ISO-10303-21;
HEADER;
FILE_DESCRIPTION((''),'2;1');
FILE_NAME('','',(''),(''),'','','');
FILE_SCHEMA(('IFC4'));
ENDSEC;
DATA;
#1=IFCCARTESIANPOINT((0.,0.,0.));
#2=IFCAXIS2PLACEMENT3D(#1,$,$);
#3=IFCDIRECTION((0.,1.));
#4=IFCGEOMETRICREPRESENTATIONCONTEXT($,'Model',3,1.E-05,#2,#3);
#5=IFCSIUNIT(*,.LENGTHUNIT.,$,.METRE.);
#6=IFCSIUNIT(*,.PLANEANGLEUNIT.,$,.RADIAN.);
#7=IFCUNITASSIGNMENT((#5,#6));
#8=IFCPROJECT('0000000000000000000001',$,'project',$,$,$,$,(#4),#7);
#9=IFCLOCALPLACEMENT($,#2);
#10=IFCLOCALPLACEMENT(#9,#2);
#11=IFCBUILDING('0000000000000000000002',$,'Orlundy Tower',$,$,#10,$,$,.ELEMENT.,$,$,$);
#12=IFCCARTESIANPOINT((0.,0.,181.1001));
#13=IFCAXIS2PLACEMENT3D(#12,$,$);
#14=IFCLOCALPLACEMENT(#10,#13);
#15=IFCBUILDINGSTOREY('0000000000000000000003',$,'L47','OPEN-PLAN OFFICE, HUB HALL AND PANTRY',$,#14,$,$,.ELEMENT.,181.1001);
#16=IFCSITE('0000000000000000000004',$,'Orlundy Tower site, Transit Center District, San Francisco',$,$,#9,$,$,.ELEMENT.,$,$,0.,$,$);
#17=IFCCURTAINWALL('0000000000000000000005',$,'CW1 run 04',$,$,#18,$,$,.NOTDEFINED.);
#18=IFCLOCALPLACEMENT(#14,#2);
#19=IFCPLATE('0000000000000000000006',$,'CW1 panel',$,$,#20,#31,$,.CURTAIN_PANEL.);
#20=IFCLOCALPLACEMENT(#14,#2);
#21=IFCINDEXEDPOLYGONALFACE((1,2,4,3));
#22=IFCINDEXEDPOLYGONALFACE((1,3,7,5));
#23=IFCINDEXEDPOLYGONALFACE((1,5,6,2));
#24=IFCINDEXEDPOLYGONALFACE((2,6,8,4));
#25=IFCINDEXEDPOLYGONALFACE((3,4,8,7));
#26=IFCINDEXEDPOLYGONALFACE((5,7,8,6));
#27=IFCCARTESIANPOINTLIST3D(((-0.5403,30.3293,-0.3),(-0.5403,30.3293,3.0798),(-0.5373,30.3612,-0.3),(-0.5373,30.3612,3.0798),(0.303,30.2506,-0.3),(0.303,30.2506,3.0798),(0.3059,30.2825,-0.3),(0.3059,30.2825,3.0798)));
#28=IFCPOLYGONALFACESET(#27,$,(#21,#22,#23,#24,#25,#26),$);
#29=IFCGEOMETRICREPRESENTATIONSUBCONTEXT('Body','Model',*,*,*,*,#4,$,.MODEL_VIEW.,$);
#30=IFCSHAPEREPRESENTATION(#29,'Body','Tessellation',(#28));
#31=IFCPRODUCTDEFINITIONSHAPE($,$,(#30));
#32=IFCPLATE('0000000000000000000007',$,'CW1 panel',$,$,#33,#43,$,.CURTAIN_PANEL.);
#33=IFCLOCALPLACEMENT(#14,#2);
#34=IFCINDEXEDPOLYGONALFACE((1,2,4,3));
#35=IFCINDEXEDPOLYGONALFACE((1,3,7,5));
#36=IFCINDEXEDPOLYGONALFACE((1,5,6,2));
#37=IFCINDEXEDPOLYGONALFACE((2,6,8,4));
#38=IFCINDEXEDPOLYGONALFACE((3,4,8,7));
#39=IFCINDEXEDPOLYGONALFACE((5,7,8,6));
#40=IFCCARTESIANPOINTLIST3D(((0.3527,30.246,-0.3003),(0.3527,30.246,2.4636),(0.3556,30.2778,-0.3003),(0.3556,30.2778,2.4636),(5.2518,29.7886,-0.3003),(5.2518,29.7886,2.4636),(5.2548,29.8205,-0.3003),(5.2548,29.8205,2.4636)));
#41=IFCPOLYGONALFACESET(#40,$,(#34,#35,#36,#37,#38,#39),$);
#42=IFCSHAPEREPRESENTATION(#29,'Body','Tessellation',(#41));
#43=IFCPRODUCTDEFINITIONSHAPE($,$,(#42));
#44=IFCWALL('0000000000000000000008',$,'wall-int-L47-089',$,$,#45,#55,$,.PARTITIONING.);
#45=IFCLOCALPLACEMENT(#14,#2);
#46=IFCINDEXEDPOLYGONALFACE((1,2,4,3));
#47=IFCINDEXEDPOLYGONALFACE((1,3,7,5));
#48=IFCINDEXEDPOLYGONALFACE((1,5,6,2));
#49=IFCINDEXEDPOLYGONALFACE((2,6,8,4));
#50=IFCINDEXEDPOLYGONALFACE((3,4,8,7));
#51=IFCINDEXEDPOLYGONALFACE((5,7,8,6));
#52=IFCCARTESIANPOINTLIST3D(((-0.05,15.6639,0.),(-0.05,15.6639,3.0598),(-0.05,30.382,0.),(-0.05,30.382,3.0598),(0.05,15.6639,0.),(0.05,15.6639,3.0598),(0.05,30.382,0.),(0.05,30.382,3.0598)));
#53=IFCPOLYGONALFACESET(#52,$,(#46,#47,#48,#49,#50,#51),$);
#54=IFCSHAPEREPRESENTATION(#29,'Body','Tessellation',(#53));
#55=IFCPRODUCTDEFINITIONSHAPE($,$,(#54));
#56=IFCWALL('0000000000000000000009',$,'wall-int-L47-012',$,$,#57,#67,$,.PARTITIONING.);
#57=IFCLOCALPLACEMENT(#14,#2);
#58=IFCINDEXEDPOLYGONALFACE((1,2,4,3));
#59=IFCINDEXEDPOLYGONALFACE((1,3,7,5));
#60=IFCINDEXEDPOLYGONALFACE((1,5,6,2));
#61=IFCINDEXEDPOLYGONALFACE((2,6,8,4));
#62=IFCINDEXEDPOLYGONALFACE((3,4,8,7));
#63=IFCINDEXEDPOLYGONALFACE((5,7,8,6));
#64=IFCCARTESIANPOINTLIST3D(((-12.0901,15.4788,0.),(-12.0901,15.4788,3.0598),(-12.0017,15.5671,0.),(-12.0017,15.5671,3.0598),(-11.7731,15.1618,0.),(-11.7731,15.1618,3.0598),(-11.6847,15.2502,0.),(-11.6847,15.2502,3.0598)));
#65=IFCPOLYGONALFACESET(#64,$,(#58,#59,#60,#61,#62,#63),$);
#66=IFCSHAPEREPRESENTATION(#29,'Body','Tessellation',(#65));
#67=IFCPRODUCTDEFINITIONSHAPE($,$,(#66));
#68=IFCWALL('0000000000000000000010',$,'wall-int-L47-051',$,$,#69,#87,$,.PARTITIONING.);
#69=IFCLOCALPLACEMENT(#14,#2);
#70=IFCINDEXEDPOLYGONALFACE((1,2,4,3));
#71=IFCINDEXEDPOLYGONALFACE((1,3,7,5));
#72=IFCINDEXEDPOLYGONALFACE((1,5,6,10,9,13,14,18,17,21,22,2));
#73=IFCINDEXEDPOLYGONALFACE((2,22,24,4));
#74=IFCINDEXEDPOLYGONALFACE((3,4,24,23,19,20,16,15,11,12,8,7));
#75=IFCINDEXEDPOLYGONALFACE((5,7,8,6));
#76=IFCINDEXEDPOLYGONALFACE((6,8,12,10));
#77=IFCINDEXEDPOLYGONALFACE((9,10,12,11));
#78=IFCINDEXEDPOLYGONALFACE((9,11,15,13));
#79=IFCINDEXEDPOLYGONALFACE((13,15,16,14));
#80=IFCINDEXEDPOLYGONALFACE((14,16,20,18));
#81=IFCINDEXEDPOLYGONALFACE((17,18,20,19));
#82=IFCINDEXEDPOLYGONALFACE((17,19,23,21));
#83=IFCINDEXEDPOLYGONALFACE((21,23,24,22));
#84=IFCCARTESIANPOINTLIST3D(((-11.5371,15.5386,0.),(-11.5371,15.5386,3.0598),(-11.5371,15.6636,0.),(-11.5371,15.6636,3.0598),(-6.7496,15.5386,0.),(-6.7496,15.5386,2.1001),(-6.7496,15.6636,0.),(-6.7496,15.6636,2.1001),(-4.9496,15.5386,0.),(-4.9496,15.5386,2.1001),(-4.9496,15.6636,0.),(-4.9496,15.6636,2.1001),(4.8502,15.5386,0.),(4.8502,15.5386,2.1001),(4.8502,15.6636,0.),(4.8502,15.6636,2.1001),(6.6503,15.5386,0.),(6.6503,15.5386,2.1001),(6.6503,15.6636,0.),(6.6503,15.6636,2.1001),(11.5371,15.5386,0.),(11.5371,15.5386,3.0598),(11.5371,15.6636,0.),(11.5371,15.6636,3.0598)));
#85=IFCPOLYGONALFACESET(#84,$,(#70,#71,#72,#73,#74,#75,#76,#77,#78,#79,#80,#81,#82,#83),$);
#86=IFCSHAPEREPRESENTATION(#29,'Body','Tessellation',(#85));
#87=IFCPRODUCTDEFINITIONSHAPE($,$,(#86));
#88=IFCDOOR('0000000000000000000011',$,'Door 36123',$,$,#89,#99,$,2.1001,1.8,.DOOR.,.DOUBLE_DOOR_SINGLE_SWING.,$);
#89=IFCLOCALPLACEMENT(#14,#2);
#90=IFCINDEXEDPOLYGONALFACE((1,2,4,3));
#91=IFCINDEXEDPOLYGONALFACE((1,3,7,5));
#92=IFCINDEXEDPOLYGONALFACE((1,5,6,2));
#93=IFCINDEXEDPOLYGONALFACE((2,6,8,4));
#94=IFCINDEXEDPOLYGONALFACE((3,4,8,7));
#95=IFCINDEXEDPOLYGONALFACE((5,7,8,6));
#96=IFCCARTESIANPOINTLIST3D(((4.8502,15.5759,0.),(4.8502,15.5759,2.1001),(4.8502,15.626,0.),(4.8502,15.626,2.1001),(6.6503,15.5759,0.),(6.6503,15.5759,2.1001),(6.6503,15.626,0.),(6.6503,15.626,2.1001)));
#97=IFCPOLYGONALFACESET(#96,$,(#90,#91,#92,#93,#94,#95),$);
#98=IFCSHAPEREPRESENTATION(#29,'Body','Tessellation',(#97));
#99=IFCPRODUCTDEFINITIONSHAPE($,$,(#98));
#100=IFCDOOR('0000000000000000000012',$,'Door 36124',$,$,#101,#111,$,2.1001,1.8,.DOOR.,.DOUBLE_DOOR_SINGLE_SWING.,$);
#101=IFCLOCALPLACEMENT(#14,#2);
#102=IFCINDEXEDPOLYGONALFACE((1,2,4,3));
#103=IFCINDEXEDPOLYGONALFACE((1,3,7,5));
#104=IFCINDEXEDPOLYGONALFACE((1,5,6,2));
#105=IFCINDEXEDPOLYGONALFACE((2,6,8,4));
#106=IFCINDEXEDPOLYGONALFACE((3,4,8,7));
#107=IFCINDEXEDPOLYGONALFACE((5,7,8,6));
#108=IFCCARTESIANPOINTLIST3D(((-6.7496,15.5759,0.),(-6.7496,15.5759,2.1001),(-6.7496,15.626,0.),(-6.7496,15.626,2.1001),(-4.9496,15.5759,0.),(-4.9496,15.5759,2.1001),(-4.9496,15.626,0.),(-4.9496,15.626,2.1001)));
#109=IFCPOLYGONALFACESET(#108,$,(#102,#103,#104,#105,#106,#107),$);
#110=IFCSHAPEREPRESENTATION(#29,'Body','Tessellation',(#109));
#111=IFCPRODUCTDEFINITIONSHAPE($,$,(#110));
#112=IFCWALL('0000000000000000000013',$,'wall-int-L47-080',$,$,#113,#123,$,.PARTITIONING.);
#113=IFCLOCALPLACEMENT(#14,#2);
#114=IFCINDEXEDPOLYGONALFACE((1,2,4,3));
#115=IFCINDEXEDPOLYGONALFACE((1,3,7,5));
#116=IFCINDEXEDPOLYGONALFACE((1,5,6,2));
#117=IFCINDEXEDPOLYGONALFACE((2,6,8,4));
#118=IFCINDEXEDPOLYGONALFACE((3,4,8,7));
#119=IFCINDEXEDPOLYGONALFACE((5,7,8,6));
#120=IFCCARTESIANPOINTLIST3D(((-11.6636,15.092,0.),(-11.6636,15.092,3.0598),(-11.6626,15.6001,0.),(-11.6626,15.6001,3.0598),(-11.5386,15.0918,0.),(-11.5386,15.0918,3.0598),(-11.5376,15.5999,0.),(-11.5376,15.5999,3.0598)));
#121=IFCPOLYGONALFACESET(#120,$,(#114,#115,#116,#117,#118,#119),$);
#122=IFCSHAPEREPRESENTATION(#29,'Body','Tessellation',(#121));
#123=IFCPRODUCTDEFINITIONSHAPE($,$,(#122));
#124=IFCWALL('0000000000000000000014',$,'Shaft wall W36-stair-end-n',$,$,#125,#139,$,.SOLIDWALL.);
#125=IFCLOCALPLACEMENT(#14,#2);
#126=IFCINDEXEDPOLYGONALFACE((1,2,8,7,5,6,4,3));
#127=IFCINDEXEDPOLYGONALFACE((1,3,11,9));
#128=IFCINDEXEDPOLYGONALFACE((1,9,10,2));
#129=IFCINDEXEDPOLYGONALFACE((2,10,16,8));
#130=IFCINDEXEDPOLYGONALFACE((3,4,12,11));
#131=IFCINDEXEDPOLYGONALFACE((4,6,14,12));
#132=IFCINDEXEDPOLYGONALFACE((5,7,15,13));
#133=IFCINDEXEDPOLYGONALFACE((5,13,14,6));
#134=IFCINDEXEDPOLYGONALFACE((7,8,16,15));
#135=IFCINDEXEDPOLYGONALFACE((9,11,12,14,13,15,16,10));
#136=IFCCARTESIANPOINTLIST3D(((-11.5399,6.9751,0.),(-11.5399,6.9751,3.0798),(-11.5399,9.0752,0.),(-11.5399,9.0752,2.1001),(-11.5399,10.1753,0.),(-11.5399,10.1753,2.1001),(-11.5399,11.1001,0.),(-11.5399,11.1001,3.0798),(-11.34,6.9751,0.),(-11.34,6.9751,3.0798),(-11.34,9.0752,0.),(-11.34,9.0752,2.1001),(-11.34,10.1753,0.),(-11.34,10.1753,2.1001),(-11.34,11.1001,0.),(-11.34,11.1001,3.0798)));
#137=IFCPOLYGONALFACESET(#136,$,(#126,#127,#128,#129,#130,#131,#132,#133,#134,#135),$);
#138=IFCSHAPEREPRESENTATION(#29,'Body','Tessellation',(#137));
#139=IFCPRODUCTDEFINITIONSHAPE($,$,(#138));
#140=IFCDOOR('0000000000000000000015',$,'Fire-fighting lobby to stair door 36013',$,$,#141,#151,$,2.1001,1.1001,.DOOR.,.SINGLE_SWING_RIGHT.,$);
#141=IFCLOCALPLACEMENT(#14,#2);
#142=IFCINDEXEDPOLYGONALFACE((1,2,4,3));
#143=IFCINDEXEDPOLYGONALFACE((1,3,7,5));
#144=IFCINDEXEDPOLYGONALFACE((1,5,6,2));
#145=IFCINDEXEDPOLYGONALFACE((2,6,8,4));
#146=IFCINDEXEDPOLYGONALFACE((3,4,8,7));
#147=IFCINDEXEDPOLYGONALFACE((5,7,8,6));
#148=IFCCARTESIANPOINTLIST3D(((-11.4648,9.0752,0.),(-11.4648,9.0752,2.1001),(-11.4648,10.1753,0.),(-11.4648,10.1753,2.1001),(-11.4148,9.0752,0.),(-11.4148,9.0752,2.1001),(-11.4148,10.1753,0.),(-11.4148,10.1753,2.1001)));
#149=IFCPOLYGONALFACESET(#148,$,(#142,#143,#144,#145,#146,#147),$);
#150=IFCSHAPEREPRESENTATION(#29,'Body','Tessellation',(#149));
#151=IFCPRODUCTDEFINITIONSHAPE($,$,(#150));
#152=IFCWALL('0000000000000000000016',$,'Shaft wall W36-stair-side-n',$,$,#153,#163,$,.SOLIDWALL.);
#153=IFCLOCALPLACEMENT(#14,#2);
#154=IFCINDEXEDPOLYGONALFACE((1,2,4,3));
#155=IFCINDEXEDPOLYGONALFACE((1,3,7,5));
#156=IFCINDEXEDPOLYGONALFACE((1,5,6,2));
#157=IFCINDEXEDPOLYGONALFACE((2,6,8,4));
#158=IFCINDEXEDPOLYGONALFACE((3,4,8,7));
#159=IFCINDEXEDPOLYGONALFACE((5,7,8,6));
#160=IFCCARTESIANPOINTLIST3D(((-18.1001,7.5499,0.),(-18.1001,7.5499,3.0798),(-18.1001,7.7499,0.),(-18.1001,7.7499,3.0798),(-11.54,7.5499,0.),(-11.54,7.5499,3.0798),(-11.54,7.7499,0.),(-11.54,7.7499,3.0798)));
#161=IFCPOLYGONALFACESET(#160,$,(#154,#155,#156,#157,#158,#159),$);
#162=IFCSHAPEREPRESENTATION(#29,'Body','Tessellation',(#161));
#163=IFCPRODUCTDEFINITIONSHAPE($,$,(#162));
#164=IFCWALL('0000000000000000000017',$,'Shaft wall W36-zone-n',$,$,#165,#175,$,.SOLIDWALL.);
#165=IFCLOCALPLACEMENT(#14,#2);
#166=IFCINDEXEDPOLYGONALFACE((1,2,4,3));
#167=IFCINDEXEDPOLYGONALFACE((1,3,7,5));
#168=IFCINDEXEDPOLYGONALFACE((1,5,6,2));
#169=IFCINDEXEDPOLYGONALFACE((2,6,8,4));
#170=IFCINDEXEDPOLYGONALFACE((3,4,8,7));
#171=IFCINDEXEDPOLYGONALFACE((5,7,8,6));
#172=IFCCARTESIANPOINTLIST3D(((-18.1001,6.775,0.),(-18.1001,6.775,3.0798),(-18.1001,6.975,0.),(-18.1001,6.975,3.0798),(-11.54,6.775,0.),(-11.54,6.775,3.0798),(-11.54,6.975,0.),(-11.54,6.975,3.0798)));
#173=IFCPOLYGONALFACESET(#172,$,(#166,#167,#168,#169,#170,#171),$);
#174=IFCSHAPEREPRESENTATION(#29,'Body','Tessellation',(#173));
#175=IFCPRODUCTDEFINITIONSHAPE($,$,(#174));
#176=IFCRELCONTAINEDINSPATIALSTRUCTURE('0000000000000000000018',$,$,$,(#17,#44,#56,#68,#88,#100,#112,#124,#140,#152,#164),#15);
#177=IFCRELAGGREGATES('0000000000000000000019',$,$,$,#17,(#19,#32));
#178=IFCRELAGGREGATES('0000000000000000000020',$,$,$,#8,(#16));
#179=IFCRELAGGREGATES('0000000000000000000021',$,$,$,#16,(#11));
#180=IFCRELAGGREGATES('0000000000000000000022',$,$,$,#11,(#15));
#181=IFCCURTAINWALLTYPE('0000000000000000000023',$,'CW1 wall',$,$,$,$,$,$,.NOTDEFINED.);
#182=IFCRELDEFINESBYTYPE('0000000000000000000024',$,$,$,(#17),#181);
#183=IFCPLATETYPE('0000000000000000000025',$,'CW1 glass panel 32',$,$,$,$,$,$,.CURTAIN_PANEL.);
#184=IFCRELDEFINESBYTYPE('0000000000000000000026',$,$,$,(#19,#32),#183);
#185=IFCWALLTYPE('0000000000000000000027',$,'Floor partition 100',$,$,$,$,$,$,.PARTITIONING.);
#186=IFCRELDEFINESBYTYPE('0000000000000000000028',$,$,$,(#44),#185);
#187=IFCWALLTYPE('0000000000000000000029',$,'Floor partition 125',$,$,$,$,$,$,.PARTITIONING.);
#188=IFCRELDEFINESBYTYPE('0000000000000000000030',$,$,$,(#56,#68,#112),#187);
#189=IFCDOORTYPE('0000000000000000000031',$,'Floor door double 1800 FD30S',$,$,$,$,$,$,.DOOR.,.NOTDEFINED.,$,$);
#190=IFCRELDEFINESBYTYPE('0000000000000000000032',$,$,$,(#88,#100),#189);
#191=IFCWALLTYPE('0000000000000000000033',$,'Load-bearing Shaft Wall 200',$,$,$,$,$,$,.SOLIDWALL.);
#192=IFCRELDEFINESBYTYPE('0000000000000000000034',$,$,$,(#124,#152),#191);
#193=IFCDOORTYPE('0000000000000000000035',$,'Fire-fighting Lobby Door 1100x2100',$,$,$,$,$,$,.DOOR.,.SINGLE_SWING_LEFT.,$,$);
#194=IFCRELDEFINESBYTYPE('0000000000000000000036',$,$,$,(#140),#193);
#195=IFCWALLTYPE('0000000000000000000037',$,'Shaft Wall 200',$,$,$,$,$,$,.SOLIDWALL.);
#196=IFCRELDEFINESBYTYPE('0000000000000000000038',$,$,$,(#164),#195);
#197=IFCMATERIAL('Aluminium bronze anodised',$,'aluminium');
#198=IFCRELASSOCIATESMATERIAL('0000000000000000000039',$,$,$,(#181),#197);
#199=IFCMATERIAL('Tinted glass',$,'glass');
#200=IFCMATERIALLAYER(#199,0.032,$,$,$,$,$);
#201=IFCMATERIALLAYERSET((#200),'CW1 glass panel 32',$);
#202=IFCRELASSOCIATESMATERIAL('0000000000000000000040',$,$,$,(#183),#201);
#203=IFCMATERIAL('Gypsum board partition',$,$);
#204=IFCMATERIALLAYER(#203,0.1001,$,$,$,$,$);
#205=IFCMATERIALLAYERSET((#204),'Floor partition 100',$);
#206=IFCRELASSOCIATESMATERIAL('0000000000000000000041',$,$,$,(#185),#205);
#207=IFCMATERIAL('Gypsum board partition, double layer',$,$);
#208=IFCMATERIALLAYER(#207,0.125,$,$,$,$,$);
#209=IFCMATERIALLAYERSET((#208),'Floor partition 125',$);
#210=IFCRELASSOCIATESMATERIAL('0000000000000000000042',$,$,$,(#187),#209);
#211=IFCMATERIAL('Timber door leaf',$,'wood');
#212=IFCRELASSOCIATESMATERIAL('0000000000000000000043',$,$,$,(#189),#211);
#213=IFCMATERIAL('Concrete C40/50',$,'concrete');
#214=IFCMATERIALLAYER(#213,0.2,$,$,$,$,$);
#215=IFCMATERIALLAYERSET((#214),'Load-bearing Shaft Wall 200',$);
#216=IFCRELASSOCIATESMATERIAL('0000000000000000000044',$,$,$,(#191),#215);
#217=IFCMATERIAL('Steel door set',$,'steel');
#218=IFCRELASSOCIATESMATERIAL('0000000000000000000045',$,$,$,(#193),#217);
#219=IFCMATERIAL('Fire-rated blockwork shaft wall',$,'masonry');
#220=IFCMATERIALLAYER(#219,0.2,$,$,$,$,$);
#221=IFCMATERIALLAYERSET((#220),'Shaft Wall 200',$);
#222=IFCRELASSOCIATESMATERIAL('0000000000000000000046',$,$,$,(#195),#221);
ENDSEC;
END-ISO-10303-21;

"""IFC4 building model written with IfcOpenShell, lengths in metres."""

from ifc_helpers import new_model, si_unit, direction, frame, frame_2d, origin, origin_2d, place, context, subcontext, project, spatial, rectangle, extrude, material, layer, layer_set, type_object, element, fill, aggregate, save


model = new_model("IFC4")

# Units and contexts
model_context = context("Model", 3, precision=1e-05, world=origin(), true_north=direction((0.0, 1.0)))
body_context = subcontext(model_context, "Body", "Model", "MODEL_VIEW")
ifc_project = project(units=[si_unit("LENGTHUNIT", "METRE"), si_unit("PLANEANGLEUNIT", "RADIAN")], contexts=[model_context])

# Site, building, storey
site_placement = place(None, origin())
site = spatial("IfcSite", under=ifc_project, at=site_placement, Name="Orlundy Tower site, Transit Center District, San Francisco", CompositionType="ELEMENT", RefElevation=0.0)
building_placement = place(site_placement, origin())
building = spatial("IfcBuilding", under=site, at=building_placement, Name="Orlundy Tower", CompositionType="ELEMENT")
storey_placement = place(building_placement, frame((0.0, 0.0, 181.1001)))
storey = spatial("IfcBuildingStorey", under=building, at=storey_placement, Name="L47", Description="OPEN-PLAN OFFICE, HUB HALL AND PANTRY", CompositionType="ELEMENT", Elevation=181.1001)

# Curtain wall
ifc_material_1 = material(Name="Aluminium bronze anodised", Category="aluminium")
curtain_wall_type = type_object("IfcCurtainWallType", Name="CW1 wall", PredefinedType="NOTDEFINED", material=ifc_material_1)
curtain_wall_1_placement = place(storey_placement, origin())
curtain_wall_1 = element("IfcCurtainWall", 1, at=curtain_wall_1_placement, inside=storey, type_object=curtain_wall_type, Name="CW1 run 04", PredefinedType="NOTDEFINED")

# Plates
ifc_material_2 = material(Name="Tinted glass", Category="glass")
ifc_layer_1 = layer(ifc_material_2, 0.032)
ifc_layer_set_1 = layer_set([ifc_layer_1], Name="CW1 glass panel 32")
plate_type = type_object("IfcPlateType", Name="CW1 glass panel 32", PredefinedType="CURTAIN_PANEL", material=ifc_layer_set_1)
plate_1_placement = place(storey_placement, frame((-0.1172, 30.3059, -0.3), z_axis=(0.0, 0.0, 1.0), x_axis=(0.995671, -0.092948, 0.0)))
plate_1 = element("IfcPlate", 2, at=plate_1_placement, type_object=plate_type, Name="CW1 panel", PredefinedType="CURTAIN_PANEL", context=body_context, shape_type="SweptSolid", body=[
    extrude(rectangle(XDim=0.8469, YDim=0.032, at=origin_2d()), origin(), (0.0, 0.0, 1.0), 3.3799),
])
plate_2_placement = place(storey_placement, frame((2.8037, 30.0332, -0.3003), z_axis=(0.0, 0.0, 1.0), x_axis=(0.995671, -0.092948, 0.0)))
plate_2 = element("IfcPlate", 3, at=plate_2_placement, type_object=plate_type, Name="CW1 panel", PredefinedType="CURTAIN_PANEL", context=body_context, shape_type="SweptSolid", body=[
    extrude(rectangle(XDim=4.9204, YDim=0.032, at=origin_2d()), origin(), (0.0, 0.0, 1.0), 2.7639),
])
aggregate(curtain_wall_1, [plate_1, plate_2])

# Walls
ifc_material_3 = material(Name="Gypsum board partition")
ifc_layer_2 = layer(ifc_material_3, 0.1001)
ifc_layer_set_2 = layer_set([ifc_layer_2], Name="Floor partition 100")
wall_type_1 = type_object("IfcWallType", Name="Floor partition 100", PredefinedType="PARTITIONING", material=ifc_layer_set_2)
wall_1_placement = place(storey_placement, frame((0.0, 15.6641, 0.0), z_axis=(0.0, 0.0, 1.0), x_axis=(0.0, 1.0, 0.0)))
element("IfcWall", 4, at=wall_1_placement, inside=storey, type_object=wall_type_1, Name="wall-int-L47-089", PredefinedType="PARTITIONING", context=body_context, shape_type="SweptSolid", body=[
    extrude(rectangle(XDim=14.718, YDim=0.1001, at=frame_2d((7.3589, 0.0))), origin(), (0.0, 0.0, 1.0), 3.0598),
])
ifc_material_4 = material(Name="Gypsum board partition, double layer")
ifc_layer_3 = layer(ifc_material_4, 0.125)
ifc_layer_set_3 = layer_set([ifc_layer_3], Name="Floor partition 125")
wall_type_2 = type_object("IfcWallType", Name="Floor partition 125", PredefinedType="PARTITIONING", material=ifc_layer_set_3)
wall_2_placement = place(storey_placement, frame((-12.0459, 15.5229, 0.0), z_axis=(0.0, 0.0, 1.0), x_axis=(0.707107, -0.707107, 0.0)))
element("IfcWall", 5, at=wall_2_placement, inside=storey, type_object=wall_type_2, Name="wall-int-L47-012", PredefinedType="PARTITIONING", context=body_context, shape_type="SweptSolid", body=[
    extrude(rectangle(XDim=0.4482, YDim=0.125, at=frame_2d((0.2241, 0.0))), origin(), (0.0, 0.0, 1.0), 3.0598),
])

# Wall, openings, doors
wall_3_placement = place(storey_placement, frame((-11.5371, 15.6011, 0.0), z_axis=(0.0, 0.0, 1.0), x_axis=(1.0, 0.0, 0.0)))
wall_3 = element("IfcWall", 6, at=wall_3_placement, inside=storey, type_object=wall_type_2, Name="wall-int-L47-051", PredefinedType="PARTITIONING", context=body_context, shape_type="SweptSolid", body=[
    extrude(rectangle(XDim=23.0742, YDim=0.125, at=frame_2d((11.5371, 0.0))), origin(), (0.0, 0.0, 1.0), 3.0598),
])
opening_1_placement = place(wall_3_placement, frame((16.3875, 0.0, 0.0)))
opening_1 = element("IfcOpeningElement", 7, at=opening_1_placement, cuts=wall_3, PredefinedType="OPENING", context=body_context, shape_type="SweptSolid", body=[
    extrude(rectangle(XDim=1.8, YDim=2.1001, at=frame_2d((0.8999, 1.05))), frame((0.0, 0.0725, 0.0), z_axis=(0.0, -1.0, 0.0), x_axis=(1.0, 0.0, 0.0)), (0.0, 0.0, 1.0), 0.145),
])
opening_2_placement = place(wall_3_placement, frame((4.7876, 0.0, 0.0)))
opening_2 = element("IfcOpeningElement", 8, at=opening_2_placement, cuts=wall_3, PredefinedType="OPENING", context=body_context, shape_type="SweptSolid", body=[
    extrude(rectangle(XDim=1.8, YDim=2.1001, at=frame_2d((0.8999, 1.05))), frame((0.0, 0.0725, 0.0), z_axis=(0.0, -1.0, 0.0), x_axis=(1.0, 0.0, 0.0)), (0.0, 0.0, 1.0), 0.145),
])
ifc_material_5 = material(Name="Timber door leaf", Category="wood")
door_type_1 = type_object("IfcDoorType", Name="Floor door double 1800 FD30S", OperationType="NOTDEFINED", PredefinedType="DOOR", material=ifc_material_5)
door_1_placement = place(opening_1_placement, origin())
door_1 = element("IfcDoor", 9, at=door_1_placement, inside=storey, type_object=door_type_1, Name="Door 36123", OperationType="DOUBLE_DOOR_SINGLE_SWING", OverallHeight=2.1001, OverallWidth=1.8, PredefinedType="DOOR", context=body_context, shape_type="SweptSolid", body=[
    extrude(rectangle(XDim=1.8, YDim=2.1001, at=frame_2d((0.8999, 1.05))), frame((0.0, 0.0249, 0.0), z_axis=(0.0, -1.0, 0.0), x_axis=(1.0, 0.0, 0.0)), (0.0, 0.0, 1.0), 0.05),
])
fill(opening_1, door_1)
door_2_placement = place(opening_2_placement, origin())
door_2 = element("IfcDoor", 10, at=door_2_placement, inside=storey, type_object=door_type_1, Name="Door 36124", OperationType="DOUBLE_DOOR_SINGLE_SWING", OverallHeight=2.1001, OverallWidth=1.8, PredefinedType="DOOR", context=body_context, shape_type="SweptSolid", body=[
    extrude(rectangle(XDim=1.8, YDim=2.1001, at=frame_2d((0.8999, 1.05))), frame((0.0, 0.0249, 0.0), z_axis=(0.0, -1.0, 0.0), x_axis=(1.0, 0.0, 0.0)), (0.0, 0.0, 1.0), 0.05),
])
fill(opening_2, door_2)

# Wall
wall_4_placement = place(storey_placement, frame((-11.6011, 15.092, 0.0), z_axis=(0.0, 0.0, 1.0), x_axis=(0.001922, 0.999998, 0.0)))
element("IfcWall", 11, at=wall_4_placement, inside=storey, type_object=wall_type_2, Name="wall-int-L47-080", PredefinedType="PARTITIONING", context=body_context, shape_type="SweptSolid", body=[
    extrude(rectangle(XDim=0.5081, YDim=0.125, at=frame_2d((0.2539, 0.0))), origin(), (0.0, 0.0, 1.0), 3.0598),
])

# Wall, opening, door
ifc_material_6 = material(Name="Concrete C40/50", Category="concrete")
ifc_layer_4 = layer(ifc_material_6, 0.2)
ifc_layer_set_4 = layer_set([ifc_layer_4], Name="Load-bearing Shaft Wall 200")
wall_type_3 = type_object("IfcWallType", Name="Load-bearing Shaft Wall 200", PredefinedType="SOLIDWALL", material=ifc_layer_set_4)
wall_5_placement = place(storey_placement, frame((-11.4399, 6.9751, 0.0), z_axis=(0.0, 0.0, 1.0), x_axis=(0.0, 1.0, 0.0)))
wall_5 = element("IfcWall", 12, at=wall_5_placement, inside=storey, type_object=wall_type_3, Name="Shaft wall W36-stair-end-n", PredefinedType="SOLIDWALL", context=body_context, shape_type="SweptSolid", body=[
    extrude(rectangle(XDim=4.125, YDim=0.2, at=frame_2d((2.0625, 0.0))), origin(), (0.0, 0.0, 1.0), 3.0798),
])
opening_3_placement = place(wall_5_placement, frame((2.1001, 0.0, 0.0)))
opening_3 = element("IfcOpeningElement", 13, at=opening_3_placement, cuts=wall_5, PredefinedType="OPENING", context=body_context, shape_type="SweptSolid", body=[
    extrude(rectangle(XDim=1.1001, YDim=2.1001, at=frame_2d((0.55, 1.05))), frame((0.0, 0.1101, 0.0), z_axis=(0.0, -1.0, 0.0), x_axis=(1.0, 0.0, 0.0)), (0.0, 0.0, 1.0), 0.2202),
])
ifc_material_7 = material(Name="Steel door set", Category="steel")
door_type_2 = type_object("IfcDoorType", Name="Fire-fighting Lobby Door 1100x2100", OperationType="SINGLE_SWING_LEFT", PredefinedType="DOOR", material=ifc_material_7)
door_3_placement = place(opening_3_placement, origin())
door_3 = element("IfcDoor", 14, at=door_3_placement, inside=storey, type_object=door_type_2, Name="Fire-fighting lobby to stair door 36013", OperationType="SINGLE_SWING_RIGHT", OverallHeight=2.1001, OverallWidth=1.1001, PredefinedType="DOOR", context=body_context, shape_type="SweptSolid", body=[
    extrude(rectangle(XDim=1.1001, YDim=2.1001, at=frame_2d((0.55, 1.05))), frame((0.0, 0.0249, 0.0), z_axis=(0.0, -1.0, 0.0), x_axis=(1.0, 0.0, 0.0)), (0.0, 0.0, 1.0), 0.05),
])
fill(opening_3, door_3)

# Walls
wall_6_placement = place(storey_placement, frame((-11.54, 7.6499, 0.0), z_axis=(0.0, 0.0, 1.0), x_axis=(-1.0, 0.0, 0.0)))
element("IfcWall", 15, at=wall_6_placement, inside=storey, type_object=wall_type_3, Name="Shaft wall W36-stair-side-n", PredefinedType="SOLIDWALL", context=body_context, shape_type="SweptSolid", body=[
    extrude(rectangle(XDim=6.5601, YDim=0.2, at=frame_2d((3.28, 0.0))), origin(), (0.0, 0.0, 1.0), 3.0798),
])
ifc_material_8 = material(Name="Fire-rated blockwork shaft wall", Category="masonry")
ifc_layer_5 = layer(ifc_material_8, 0.2)
ifc_layer_set_5 = layer_set([ifc_layer_5], Name="Shaft Wall 200")
wall_type_4 = type_object("IfcWallType", Name="Shaft Wall 200", PredefinedType="SOLIDWALL", material=ifc_layer_set_5)
wall_7_placement = place(storey_placement, frame((-11.54, 6.875, 0.0), z_axis=(0.0, 0.0, 1.0), x_axis=(-1.0, 0.0, 0.0)))
element("IfcWall", 16, at=wall_7_placement, inside=storey, type_object=wall_type_4, Name="Shaft wall W36-zone-n", PredefinedType="SOLIDWALL", context=body_context, shape_type="SweptSolid", body=[
    extrude(rectangle(XDim=6.5601, YDim=0.2, at=frame_2d((3.28, 0.0))), origin(), (0.0, 0.0, 1.0), 3.0798),
])

save(model, "model.ifc")
